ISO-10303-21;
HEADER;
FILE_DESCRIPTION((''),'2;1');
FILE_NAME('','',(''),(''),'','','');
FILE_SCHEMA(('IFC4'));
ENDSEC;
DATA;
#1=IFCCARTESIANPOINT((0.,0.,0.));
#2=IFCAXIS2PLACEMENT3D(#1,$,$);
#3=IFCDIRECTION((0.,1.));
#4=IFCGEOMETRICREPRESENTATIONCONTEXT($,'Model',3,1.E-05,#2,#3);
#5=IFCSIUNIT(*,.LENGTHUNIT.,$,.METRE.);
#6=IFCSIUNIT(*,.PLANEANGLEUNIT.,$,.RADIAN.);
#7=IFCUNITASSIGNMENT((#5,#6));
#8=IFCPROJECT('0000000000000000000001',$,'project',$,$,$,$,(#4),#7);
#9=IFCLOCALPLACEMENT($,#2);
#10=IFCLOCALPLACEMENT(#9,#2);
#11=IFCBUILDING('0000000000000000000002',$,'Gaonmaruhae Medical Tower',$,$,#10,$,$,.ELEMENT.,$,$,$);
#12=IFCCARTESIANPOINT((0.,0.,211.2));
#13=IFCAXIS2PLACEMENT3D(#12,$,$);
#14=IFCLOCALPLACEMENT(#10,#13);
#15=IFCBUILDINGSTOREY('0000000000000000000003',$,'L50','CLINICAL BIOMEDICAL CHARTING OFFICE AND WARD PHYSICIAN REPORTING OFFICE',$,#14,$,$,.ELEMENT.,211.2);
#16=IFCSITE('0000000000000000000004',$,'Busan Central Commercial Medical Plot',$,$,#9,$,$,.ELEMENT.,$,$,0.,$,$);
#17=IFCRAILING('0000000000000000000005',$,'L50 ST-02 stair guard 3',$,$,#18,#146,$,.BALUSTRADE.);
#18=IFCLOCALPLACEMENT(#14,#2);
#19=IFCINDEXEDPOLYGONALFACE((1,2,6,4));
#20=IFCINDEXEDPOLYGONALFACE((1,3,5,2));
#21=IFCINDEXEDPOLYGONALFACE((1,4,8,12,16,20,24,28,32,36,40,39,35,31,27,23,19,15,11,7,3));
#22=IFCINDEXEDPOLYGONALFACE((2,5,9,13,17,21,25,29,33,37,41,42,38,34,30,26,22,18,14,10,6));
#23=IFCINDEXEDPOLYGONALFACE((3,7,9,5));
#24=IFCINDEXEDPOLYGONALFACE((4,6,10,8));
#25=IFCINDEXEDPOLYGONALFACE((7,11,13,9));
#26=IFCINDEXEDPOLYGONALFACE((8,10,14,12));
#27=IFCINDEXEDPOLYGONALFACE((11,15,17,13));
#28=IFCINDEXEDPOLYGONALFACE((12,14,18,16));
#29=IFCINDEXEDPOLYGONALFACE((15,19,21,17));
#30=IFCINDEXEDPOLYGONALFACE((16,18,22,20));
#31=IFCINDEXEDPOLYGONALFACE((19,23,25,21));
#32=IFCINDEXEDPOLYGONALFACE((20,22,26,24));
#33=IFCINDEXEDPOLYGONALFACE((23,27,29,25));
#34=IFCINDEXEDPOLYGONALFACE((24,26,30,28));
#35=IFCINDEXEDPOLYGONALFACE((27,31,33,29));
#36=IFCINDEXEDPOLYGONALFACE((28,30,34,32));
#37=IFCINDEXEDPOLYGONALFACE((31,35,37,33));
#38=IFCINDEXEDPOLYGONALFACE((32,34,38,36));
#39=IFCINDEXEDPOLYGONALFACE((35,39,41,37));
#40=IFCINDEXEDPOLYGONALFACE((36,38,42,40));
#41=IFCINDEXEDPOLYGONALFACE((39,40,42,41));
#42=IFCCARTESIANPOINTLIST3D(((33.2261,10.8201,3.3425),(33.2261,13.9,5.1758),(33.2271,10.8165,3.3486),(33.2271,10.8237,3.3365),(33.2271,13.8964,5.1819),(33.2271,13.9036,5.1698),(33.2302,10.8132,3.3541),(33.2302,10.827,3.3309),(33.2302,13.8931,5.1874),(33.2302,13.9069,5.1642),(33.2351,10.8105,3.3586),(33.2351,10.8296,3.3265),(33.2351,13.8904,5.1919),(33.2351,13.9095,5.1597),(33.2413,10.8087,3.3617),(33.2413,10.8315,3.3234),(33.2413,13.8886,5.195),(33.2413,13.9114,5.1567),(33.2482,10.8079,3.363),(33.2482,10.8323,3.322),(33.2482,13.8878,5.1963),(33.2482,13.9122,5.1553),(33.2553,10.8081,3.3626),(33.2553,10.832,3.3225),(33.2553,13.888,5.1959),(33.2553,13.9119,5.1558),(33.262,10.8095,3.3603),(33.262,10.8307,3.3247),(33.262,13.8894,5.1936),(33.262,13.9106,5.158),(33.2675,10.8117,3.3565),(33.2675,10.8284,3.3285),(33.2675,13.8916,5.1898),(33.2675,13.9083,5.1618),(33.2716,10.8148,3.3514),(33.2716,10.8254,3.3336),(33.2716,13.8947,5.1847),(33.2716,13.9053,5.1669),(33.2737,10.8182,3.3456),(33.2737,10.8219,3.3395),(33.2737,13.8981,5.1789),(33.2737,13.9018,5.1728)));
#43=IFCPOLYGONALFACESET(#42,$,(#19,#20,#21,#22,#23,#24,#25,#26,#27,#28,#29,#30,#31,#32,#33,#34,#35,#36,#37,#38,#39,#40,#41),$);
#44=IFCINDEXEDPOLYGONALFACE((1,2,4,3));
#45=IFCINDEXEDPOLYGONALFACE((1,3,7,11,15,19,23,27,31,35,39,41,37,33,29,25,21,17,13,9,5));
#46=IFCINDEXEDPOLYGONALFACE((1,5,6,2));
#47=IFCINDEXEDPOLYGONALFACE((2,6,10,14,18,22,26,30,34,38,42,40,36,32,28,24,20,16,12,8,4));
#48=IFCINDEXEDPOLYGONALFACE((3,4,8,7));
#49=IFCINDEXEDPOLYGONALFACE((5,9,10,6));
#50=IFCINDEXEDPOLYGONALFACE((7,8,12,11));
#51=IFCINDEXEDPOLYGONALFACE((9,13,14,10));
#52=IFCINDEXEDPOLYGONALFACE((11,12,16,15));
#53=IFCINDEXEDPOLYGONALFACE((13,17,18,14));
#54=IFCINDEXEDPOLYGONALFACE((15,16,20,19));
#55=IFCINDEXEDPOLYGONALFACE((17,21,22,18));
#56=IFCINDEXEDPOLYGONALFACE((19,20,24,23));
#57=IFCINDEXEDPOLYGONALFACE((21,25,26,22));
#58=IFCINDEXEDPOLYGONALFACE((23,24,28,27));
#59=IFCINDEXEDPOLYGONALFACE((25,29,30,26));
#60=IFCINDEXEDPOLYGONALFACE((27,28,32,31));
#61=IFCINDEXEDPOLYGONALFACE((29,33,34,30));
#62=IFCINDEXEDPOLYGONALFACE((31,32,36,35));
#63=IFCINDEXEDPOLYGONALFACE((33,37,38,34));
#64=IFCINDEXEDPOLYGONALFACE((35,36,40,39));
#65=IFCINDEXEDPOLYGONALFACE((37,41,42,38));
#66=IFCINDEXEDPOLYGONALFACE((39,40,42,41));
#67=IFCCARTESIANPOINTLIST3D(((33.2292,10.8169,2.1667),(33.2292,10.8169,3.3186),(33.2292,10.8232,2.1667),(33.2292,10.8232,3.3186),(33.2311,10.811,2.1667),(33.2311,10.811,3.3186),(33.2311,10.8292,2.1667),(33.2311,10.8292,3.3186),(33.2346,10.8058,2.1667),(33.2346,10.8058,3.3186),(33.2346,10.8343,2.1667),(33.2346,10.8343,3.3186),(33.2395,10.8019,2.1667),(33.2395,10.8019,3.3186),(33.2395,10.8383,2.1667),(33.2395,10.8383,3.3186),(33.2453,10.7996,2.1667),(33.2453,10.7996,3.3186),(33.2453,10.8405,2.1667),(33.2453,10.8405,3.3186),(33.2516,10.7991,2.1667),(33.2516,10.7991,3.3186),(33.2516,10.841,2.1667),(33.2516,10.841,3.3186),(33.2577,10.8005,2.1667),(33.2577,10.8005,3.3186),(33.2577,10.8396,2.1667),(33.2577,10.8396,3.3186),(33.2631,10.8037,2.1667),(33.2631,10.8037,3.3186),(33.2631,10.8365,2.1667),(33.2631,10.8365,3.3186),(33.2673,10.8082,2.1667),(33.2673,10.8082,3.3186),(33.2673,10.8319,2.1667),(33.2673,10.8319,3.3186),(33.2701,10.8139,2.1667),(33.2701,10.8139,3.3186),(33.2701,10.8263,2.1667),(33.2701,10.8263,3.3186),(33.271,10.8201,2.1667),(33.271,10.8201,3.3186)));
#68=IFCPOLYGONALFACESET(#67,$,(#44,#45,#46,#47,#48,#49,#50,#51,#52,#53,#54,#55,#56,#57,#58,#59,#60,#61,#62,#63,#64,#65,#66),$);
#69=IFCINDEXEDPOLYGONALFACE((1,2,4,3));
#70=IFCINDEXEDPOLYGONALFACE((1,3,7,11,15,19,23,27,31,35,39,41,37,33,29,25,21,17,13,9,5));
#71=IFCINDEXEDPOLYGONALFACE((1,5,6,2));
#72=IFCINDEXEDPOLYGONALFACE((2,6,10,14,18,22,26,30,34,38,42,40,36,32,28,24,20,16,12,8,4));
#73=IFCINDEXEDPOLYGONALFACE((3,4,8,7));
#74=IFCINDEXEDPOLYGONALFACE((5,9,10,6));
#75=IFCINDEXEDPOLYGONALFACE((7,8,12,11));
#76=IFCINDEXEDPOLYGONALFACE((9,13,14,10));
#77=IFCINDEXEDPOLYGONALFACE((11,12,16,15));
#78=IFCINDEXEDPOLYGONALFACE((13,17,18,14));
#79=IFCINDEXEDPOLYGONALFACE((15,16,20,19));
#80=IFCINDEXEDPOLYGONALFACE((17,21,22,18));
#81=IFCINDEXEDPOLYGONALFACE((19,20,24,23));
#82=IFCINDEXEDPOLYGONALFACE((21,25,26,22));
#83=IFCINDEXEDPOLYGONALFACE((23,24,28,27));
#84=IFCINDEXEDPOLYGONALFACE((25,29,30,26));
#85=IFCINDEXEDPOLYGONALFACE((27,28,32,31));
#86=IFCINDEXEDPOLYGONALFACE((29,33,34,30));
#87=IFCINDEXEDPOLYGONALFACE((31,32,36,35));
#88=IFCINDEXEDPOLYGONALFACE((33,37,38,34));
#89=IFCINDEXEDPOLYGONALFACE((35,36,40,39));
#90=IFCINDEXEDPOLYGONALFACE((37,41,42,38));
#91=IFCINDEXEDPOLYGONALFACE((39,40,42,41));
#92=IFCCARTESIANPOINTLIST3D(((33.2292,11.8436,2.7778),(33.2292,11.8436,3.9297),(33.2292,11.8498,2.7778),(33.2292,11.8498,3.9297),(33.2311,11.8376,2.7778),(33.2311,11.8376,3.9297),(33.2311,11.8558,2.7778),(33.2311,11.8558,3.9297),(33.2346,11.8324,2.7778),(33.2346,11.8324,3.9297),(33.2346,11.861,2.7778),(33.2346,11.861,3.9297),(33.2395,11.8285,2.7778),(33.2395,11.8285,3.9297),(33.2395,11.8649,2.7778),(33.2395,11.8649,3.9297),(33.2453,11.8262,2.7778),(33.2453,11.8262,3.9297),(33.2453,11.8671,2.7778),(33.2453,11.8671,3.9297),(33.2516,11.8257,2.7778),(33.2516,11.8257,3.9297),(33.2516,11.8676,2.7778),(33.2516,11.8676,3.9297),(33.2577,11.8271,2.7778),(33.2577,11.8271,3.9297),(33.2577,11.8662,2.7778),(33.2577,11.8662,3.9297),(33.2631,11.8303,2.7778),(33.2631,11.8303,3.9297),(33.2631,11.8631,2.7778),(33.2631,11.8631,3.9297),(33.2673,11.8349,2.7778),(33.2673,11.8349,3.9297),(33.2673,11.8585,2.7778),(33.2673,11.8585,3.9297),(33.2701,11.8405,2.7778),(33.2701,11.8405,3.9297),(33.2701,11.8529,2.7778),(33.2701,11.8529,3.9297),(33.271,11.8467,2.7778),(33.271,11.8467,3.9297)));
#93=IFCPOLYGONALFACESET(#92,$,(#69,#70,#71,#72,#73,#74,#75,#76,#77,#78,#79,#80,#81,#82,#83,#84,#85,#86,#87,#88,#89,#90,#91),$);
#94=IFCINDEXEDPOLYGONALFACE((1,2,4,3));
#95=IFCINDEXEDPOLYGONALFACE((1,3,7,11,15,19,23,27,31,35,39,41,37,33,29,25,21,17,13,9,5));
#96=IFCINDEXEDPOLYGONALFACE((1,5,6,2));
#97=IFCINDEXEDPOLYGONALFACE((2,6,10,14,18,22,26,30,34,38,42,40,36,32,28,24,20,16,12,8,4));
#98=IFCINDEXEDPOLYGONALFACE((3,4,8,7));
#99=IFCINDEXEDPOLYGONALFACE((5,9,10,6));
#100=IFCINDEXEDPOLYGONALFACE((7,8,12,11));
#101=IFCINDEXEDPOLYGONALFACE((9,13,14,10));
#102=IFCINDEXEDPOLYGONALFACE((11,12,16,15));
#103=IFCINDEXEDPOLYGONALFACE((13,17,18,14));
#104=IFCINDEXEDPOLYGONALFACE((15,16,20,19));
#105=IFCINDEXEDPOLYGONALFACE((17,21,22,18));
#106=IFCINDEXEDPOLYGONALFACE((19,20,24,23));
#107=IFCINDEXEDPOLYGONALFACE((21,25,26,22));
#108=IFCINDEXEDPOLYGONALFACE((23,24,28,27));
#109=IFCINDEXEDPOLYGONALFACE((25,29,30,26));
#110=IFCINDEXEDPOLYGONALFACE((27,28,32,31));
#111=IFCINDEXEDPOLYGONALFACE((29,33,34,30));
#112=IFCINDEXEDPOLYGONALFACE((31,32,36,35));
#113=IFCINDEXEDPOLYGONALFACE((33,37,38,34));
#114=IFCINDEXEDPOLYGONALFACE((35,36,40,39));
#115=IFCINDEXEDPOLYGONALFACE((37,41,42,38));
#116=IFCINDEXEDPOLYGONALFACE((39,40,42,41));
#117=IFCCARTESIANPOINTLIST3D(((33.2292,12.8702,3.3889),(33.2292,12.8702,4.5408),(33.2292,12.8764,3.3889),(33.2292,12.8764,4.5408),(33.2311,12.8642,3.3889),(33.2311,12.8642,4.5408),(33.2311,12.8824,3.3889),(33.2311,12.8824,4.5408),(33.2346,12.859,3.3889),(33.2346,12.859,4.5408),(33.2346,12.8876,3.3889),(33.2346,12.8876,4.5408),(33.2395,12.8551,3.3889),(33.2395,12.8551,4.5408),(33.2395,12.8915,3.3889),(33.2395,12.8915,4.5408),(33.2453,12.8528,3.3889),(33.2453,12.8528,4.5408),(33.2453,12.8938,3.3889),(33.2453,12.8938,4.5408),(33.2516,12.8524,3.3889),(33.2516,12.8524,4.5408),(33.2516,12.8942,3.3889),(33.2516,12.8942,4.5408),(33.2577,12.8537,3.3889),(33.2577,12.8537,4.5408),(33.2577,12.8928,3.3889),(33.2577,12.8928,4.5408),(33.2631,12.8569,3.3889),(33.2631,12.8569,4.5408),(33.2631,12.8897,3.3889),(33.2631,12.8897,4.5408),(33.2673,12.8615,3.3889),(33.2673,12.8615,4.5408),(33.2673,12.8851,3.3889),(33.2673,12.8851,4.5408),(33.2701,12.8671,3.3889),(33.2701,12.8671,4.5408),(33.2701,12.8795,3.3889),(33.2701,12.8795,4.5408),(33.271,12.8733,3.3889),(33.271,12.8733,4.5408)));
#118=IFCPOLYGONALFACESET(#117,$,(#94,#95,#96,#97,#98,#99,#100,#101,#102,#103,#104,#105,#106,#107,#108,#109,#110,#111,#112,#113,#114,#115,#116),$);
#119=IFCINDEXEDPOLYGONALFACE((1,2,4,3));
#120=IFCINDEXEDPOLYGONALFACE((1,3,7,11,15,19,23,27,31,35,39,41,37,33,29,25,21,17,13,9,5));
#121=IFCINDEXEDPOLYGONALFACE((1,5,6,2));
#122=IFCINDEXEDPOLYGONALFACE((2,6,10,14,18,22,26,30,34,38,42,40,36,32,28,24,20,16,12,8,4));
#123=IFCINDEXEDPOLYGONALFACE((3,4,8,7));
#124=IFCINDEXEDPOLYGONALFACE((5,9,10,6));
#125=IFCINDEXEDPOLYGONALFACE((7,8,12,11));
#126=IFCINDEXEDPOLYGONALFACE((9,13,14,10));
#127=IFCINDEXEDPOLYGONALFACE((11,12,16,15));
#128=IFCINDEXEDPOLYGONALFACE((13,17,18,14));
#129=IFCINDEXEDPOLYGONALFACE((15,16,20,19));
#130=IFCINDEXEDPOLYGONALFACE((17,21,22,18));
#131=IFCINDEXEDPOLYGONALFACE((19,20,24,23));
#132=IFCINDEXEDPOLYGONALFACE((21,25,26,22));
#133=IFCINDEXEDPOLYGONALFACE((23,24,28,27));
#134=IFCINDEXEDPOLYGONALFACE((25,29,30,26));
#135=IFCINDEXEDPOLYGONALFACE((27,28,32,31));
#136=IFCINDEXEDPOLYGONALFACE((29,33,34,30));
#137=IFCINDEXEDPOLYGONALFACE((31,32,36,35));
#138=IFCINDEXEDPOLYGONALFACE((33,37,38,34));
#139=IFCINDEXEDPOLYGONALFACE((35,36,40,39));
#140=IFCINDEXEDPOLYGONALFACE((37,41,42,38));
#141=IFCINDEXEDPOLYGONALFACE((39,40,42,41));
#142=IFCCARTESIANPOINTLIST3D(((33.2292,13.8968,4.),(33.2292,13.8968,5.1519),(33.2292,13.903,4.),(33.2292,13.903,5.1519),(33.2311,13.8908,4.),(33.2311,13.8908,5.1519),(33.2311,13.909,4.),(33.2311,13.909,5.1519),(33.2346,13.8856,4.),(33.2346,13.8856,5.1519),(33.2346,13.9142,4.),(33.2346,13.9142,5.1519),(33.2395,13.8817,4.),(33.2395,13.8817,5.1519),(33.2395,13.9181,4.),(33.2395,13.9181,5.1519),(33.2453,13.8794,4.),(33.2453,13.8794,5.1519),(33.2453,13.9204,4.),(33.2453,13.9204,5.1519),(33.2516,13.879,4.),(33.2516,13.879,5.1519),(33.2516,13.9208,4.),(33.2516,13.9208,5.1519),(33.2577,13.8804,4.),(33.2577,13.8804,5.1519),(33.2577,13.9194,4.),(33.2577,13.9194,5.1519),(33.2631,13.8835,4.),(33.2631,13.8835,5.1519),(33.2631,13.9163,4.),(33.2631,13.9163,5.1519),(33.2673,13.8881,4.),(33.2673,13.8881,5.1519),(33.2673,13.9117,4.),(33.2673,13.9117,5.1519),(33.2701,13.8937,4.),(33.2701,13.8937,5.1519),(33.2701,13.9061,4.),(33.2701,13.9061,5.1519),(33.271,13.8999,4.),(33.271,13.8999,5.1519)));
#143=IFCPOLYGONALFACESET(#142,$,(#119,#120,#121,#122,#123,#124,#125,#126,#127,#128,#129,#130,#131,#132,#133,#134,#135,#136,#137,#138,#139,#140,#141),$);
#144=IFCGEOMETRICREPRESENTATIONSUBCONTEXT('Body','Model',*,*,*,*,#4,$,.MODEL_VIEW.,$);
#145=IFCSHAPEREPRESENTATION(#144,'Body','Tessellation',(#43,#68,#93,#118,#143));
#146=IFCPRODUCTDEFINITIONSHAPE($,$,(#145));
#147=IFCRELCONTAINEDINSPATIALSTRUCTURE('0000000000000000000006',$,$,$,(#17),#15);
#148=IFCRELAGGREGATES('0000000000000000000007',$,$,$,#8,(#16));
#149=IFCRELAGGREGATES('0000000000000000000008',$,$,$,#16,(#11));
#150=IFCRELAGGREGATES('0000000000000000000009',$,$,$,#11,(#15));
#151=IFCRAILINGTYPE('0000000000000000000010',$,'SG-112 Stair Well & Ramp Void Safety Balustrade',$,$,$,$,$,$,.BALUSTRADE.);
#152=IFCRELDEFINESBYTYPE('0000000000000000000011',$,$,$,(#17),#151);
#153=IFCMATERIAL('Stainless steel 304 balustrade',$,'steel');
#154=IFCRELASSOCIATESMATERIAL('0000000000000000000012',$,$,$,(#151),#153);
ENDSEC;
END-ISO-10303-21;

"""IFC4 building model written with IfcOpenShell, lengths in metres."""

from ifc_helpers import new_model, si_unit, direction, frame, origin, origin_2d, place, context, subcontext, project, spatial, circle, extrude, material, type_object, element, save


model = new_model("IFC4")

# Units and contexts
model_context = context("Model", 3, precision=1e-05, world=origin(), true_north=direction((0.0, 1.0)))
body_context = subcontext(model_context, "Body", "Model", "MODEL_VIEW")
ifc_project = project(units=[si_unit("LENGTHUNIT", "METRE"), si_unit("PLANEANGLEUNIT", "RADIAN")], contexts=[model_context])

# Site, building, storey
site_placement = place(None, origin())
site = spatial("IfcSite", under=ifc_project, at=site_placement, Name="Busan Central Commercial Medical Plot", CompositionType="ELEMENT", RefElevation=0.0)
building_placement = place(site_placement, origin())
building = spatial("IfcBuilding", under=site, at=building_placement, Name="Gaonmaruhae Medical Tower", CompositionType="ELEMENT")
storey_placement = place(building_placement, frame((0.0, 0.0, 211.2)))
storey = spatial("IfcBuildingStorey", under=building, at=storey_placement, Name="L50", Description="CLINICAL BIOMEDICAL CHARTING OFFICE AND WARD PHYSICIAN REPORTING OFFICE", CompositionType="ELEMENT", Elevation=211.2)

# Railing
ifc_material_1 = material(Name="Stainless steel 304 balustrade", Category="steel")
railing_type_1 = type_object("IfcRailingType", Name="SG-112 Stair Well & Ramp Void Safety Balustrade", PredefinedType="BALUSTRADE", material=ifc_material_1)
railing_1_placement = place(storey_placement, frame((33.25, 10.8201, 2.1667)))
element("IfcRailing", 1, at=railing_1_placement, inside=storey, type_object=railing_type_1, Name="L50 ST-02 stair guard 3", PredefinedType="BALUSTRADE", context=body_context, shape_type="SweptSolid", body=[
    extrude(circle(Radius=0.0239, at=origin_2d()), frame((0.0, 0.0, 1.1758), z_axis=(0.0, 0.859291, 0.511487), x_axis=(-1.0, 0.0, 0.0)), (0.0, 0.0, 1.0), 3.5842),
    extrude(circle(Radius=0.021, at=origin_2d()), origin(), (0.0, 0.0, 1.0), 1.1519),
    extrude(circle(Radius=0.021, at=origin_2d()), frame((0.0, 1.0266, 0.6111)), (0.0, 0.0, 1.0), 1.1519),
    extrude(circle(Radius=0.021, at=origin_2d()), frame((0.0, 2.0532, 1.2222)), (0.0, 0.0, 1.0), 1.1519),
    extrude(circle(Radius=0.021, at=origin_2d()), frame((0.0, 3.0798, 1.8333)), (0.0, 0.0, 1.0), 1.1519),
])

save(model, "model.ifc")
